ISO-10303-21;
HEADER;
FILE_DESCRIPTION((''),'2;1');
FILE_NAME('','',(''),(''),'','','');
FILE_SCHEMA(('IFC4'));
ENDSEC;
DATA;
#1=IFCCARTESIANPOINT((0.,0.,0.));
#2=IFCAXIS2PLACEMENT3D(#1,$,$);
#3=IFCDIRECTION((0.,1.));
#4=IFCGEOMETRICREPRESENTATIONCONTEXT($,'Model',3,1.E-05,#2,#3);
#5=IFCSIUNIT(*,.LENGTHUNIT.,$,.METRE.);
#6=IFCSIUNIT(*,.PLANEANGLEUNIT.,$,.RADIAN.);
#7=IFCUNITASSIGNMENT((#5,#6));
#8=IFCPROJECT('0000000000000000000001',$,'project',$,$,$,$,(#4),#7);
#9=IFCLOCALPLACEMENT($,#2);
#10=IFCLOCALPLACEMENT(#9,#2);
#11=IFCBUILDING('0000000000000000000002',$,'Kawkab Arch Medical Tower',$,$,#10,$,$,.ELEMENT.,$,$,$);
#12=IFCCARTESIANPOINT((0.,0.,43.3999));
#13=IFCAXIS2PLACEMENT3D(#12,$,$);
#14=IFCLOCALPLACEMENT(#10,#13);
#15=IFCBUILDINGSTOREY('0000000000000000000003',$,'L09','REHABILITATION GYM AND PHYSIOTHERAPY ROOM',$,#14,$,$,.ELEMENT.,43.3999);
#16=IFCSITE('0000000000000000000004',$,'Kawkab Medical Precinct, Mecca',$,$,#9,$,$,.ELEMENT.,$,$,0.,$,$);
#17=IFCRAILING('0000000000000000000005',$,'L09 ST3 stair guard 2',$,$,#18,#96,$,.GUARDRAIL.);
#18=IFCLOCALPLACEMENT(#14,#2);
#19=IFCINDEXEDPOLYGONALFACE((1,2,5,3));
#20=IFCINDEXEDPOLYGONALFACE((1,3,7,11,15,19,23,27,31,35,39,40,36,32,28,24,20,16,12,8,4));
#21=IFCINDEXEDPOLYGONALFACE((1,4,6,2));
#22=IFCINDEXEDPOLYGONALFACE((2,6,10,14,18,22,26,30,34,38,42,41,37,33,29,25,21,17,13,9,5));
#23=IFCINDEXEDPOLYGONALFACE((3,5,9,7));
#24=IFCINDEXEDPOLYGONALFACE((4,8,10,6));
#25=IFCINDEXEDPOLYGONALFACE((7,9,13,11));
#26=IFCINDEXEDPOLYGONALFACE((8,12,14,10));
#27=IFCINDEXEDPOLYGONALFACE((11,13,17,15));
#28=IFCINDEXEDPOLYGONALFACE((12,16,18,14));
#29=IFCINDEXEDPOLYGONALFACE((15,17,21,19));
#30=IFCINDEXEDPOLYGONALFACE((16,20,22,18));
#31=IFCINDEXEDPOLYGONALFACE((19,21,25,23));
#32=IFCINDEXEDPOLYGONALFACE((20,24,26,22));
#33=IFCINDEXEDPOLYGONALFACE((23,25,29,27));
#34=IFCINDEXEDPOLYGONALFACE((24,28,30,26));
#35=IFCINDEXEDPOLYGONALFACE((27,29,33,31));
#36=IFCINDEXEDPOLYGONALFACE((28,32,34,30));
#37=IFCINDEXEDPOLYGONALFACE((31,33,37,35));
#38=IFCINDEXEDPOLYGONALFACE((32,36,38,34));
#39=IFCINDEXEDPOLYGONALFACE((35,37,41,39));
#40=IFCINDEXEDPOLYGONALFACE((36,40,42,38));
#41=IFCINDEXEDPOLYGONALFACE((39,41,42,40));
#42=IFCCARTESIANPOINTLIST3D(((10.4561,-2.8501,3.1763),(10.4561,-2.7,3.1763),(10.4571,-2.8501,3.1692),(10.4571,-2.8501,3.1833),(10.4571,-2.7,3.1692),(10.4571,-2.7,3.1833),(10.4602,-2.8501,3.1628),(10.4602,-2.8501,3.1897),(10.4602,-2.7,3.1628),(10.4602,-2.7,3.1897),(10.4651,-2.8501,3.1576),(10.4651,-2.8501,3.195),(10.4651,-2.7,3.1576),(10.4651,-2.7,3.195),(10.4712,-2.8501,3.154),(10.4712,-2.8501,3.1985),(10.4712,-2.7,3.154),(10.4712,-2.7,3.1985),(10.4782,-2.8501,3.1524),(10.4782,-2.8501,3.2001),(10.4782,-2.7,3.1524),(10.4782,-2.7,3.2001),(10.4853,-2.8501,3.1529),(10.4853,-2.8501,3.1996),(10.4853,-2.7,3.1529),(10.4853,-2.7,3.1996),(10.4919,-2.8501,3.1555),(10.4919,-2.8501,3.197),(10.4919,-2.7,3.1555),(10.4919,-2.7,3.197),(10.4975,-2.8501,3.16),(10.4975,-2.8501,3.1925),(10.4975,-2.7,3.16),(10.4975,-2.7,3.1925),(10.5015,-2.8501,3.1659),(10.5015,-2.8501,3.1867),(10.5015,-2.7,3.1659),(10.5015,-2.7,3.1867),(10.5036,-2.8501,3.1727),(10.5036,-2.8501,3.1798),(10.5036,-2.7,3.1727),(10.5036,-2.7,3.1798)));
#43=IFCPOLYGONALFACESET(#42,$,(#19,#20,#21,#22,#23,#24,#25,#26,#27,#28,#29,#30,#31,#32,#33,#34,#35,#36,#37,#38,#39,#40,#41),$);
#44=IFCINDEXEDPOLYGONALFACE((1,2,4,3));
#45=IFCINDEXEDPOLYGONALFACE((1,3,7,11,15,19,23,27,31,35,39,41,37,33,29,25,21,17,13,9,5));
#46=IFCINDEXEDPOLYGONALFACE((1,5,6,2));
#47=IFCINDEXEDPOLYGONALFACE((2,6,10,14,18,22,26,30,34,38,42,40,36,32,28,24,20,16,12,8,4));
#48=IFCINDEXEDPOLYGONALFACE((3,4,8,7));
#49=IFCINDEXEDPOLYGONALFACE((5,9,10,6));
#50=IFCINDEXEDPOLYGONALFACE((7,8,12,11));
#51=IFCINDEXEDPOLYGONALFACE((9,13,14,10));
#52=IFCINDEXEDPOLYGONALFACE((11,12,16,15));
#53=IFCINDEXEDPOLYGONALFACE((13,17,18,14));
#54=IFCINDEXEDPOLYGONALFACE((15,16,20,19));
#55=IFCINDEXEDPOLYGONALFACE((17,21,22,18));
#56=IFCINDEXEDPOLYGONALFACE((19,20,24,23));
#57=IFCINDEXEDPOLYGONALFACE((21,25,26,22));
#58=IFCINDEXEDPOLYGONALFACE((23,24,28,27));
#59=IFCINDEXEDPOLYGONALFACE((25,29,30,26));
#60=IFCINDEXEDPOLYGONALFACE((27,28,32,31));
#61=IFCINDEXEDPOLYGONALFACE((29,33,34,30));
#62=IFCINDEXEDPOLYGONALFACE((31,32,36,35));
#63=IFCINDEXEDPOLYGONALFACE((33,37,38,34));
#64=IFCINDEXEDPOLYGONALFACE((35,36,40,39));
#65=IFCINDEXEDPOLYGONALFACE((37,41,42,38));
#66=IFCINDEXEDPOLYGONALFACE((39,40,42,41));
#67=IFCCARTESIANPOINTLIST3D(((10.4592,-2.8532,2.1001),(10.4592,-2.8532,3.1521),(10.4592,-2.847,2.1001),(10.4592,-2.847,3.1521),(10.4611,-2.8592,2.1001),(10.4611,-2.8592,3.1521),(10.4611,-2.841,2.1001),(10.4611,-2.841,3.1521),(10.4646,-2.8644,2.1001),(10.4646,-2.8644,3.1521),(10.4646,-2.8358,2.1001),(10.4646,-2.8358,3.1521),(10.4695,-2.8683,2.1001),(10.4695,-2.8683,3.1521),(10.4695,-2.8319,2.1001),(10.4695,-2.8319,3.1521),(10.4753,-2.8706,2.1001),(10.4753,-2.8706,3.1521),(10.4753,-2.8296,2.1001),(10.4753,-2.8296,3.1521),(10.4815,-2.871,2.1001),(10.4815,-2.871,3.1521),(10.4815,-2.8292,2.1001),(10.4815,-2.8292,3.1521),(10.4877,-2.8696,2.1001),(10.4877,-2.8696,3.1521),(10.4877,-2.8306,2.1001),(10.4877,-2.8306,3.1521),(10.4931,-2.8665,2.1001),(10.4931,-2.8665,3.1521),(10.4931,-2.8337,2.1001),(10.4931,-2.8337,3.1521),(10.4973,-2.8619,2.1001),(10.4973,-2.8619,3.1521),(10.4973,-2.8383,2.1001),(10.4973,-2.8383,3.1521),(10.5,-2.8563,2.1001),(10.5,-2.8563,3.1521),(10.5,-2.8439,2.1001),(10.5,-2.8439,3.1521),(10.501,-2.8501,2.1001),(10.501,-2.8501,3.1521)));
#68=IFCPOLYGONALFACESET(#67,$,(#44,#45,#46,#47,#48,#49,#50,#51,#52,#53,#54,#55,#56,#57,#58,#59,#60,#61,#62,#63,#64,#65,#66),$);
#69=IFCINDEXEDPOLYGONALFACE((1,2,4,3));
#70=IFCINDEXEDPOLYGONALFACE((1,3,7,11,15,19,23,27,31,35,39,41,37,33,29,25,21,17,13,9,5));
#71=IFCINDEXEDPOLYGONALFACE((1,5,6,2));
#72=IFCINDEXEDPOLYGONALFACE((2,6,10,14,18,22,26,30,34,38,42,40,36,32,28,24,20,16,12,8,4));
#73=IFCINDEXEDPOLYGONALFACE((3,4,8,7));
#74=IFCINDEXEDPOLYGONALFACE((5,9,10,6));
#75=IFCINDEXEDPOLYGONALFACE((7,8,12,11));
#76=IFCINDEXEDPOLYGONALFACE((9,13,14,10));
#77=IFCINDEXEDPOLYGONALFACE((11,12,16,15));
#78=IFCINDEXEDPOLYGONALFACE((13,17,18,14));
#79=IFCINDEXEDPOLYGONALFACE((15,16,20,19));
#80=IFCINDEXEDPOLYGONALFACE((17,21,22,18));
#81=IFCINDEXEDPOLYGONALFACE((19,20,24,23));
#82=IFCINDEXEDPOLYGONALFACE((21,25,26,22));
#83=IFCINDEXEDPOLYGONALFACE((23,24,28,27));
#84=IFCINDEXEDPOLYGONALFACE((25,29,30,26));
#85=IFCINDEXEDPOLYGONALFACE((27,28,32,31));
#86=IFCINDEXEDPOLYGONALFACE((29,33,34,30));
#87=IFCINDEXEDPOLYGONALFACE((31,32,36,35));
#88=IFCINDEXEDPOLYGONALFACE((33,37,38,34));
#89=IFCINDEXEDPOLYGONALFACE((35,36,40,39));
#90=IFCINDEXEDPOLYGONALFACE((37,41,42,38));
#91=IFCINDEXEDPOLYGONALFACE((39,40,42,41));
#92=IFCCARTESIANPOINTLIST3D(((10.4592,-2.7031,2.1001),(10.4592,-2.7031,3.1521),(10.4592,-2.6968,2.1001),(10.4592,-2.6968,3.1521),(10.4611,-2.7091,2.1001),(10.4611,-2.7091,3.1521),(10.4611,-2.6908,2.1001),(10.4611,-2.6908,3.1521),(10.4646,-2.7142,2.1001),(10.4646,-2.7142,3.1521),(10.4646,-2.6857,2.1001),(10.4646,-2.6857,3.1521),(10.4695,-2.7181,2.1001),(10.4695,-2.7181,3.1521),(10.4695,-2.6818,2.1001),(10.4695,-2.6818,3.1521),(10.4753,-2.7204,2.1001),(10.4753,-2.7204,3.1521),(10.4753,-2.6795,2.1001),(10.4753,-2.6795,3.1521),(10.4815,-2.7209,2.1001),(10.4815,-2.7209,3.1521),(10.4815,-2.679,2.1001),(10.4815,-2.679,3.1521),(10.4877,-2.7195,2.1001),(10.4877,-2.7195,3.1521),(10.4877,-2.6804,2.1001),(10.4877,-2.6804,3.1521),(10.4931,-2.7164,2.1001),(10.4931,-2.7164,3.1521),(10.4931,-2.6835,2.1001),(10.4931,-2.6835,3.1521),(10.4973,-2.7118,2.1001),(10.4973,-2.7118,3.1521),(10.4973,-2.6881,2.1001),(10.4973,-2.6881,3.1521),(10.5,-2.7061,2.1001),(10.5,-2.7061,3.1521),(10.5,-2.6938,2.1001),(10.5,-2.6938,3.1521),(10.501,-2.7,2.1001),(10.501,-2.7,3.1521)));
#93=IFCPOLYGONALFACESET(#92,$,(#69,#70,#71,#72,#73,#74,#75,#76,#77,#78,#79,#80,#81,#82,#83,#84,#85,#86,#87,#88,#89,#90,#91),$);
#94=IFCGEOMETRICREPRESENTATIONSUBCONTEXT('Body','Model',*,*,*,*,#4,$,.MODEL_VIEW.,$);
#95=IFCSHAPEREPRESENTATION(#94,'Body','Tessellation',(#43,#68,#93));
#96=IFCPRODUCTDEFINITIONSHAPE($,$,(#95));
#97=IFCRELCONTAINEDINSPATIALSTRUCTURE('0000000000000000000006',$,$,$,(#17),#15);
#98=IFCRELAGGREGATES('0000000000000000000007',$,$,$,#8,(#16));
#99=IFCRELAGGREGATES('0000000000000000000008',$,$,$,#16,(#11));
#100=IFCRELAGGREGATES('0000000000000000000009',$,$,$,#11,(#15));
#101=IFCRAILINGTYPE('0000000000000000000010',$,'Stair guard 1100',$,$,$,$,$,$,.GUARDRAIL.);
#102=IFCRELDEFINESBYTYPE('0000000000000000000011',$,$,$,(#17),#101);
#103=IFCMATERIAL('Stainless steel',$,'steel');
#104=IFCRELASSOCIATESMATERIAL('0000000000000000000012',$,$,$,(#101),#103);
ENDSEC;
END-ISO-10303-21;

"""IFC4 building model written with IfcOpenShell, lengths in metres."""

from ifc_helpers import new_model, si_unit, direction, frame, origin, origin_2d, place, context, subcontext, project, spatial, circle, extrude, material, type_object, element, save


model = new_model("IFC4")

# Units and contexts
model_context = context("Model", 3, precision=1e-05, world=origin(), true_north=direction((0.0, 1.0)))
body_context = subcontext(model_context, "Body", "Model", "MODEL_VIEW")
ifc_project = project(units=[si_unit("LENGTHUNIT", "METRE"), si_unit("PLANEANGLEUNIT", "RADIAN")], contexts=[model_context])

# Site, building, storey
site_placement = place(None, origin())
site = spatial("IfcSite", under=ifc_project, at=site_placement, Name="Kawkab Medical Precinct, Mecca", CompositionType="ELEMENT", RefElevation=0.0)
building_placement = place(site_placement, origin())
building = spatial("IfcBuilding", under=site, at=building_placement, Name="Kawkab Arch Medical Tower", CompositionType="ELEMENT")
storey_placement = place(building_placement, frame((0.0, 0.0, 43.3999)))
storey = spatial("IfcBuildingStorey", under=building, at=storey_placement, Name="L09", Description="REHABILITATION GYM AND PHYSIOTHERAPY ROOM", CompositionType="ELEMENT", Elevation=43.3999)

# Railing
ifc_material_1 = material(Name="Stainless steel", Category="steel")
railing_type_1 = type_object("IfcRailingType", Name="Stair guard 1100", PredefinedType="GUARDRAIL", material=ifc_material_1)
railing_1_placement = place(storey_placement, frame((10.48, -2.8501, 2.1001)))
element("IfcRailing", 1, at=railing_1_placement, inside=storey, type_object=railing_type_1, Name="L09 ST3 stair guard 2", PredefinedType="GUARDRAIL", context=body_context, shape_type="SweptSolid", body=[
    extrude(circle(Radius=0.0239, at=origin_2d()), frame((0.0, 0.0, 1.0762), z_axis=(0.0, 1.0, 0.0), x_axis=(-1.0, 0.0, 0.0)), (0.0, 0.0, 1.0), 0.1501),
    extrude(circle(Radius=0.021, at=origin_2d()), origin(), (0.0, 0.0, 1.0), 1.052),
    extrude(circle(Radius=0.021, at=origin_2d()), frame((0.0, 0.1501, 0.0)), (0.0, 0.0, 1.0), 1.052),
])

save(model, "model.ifc")
